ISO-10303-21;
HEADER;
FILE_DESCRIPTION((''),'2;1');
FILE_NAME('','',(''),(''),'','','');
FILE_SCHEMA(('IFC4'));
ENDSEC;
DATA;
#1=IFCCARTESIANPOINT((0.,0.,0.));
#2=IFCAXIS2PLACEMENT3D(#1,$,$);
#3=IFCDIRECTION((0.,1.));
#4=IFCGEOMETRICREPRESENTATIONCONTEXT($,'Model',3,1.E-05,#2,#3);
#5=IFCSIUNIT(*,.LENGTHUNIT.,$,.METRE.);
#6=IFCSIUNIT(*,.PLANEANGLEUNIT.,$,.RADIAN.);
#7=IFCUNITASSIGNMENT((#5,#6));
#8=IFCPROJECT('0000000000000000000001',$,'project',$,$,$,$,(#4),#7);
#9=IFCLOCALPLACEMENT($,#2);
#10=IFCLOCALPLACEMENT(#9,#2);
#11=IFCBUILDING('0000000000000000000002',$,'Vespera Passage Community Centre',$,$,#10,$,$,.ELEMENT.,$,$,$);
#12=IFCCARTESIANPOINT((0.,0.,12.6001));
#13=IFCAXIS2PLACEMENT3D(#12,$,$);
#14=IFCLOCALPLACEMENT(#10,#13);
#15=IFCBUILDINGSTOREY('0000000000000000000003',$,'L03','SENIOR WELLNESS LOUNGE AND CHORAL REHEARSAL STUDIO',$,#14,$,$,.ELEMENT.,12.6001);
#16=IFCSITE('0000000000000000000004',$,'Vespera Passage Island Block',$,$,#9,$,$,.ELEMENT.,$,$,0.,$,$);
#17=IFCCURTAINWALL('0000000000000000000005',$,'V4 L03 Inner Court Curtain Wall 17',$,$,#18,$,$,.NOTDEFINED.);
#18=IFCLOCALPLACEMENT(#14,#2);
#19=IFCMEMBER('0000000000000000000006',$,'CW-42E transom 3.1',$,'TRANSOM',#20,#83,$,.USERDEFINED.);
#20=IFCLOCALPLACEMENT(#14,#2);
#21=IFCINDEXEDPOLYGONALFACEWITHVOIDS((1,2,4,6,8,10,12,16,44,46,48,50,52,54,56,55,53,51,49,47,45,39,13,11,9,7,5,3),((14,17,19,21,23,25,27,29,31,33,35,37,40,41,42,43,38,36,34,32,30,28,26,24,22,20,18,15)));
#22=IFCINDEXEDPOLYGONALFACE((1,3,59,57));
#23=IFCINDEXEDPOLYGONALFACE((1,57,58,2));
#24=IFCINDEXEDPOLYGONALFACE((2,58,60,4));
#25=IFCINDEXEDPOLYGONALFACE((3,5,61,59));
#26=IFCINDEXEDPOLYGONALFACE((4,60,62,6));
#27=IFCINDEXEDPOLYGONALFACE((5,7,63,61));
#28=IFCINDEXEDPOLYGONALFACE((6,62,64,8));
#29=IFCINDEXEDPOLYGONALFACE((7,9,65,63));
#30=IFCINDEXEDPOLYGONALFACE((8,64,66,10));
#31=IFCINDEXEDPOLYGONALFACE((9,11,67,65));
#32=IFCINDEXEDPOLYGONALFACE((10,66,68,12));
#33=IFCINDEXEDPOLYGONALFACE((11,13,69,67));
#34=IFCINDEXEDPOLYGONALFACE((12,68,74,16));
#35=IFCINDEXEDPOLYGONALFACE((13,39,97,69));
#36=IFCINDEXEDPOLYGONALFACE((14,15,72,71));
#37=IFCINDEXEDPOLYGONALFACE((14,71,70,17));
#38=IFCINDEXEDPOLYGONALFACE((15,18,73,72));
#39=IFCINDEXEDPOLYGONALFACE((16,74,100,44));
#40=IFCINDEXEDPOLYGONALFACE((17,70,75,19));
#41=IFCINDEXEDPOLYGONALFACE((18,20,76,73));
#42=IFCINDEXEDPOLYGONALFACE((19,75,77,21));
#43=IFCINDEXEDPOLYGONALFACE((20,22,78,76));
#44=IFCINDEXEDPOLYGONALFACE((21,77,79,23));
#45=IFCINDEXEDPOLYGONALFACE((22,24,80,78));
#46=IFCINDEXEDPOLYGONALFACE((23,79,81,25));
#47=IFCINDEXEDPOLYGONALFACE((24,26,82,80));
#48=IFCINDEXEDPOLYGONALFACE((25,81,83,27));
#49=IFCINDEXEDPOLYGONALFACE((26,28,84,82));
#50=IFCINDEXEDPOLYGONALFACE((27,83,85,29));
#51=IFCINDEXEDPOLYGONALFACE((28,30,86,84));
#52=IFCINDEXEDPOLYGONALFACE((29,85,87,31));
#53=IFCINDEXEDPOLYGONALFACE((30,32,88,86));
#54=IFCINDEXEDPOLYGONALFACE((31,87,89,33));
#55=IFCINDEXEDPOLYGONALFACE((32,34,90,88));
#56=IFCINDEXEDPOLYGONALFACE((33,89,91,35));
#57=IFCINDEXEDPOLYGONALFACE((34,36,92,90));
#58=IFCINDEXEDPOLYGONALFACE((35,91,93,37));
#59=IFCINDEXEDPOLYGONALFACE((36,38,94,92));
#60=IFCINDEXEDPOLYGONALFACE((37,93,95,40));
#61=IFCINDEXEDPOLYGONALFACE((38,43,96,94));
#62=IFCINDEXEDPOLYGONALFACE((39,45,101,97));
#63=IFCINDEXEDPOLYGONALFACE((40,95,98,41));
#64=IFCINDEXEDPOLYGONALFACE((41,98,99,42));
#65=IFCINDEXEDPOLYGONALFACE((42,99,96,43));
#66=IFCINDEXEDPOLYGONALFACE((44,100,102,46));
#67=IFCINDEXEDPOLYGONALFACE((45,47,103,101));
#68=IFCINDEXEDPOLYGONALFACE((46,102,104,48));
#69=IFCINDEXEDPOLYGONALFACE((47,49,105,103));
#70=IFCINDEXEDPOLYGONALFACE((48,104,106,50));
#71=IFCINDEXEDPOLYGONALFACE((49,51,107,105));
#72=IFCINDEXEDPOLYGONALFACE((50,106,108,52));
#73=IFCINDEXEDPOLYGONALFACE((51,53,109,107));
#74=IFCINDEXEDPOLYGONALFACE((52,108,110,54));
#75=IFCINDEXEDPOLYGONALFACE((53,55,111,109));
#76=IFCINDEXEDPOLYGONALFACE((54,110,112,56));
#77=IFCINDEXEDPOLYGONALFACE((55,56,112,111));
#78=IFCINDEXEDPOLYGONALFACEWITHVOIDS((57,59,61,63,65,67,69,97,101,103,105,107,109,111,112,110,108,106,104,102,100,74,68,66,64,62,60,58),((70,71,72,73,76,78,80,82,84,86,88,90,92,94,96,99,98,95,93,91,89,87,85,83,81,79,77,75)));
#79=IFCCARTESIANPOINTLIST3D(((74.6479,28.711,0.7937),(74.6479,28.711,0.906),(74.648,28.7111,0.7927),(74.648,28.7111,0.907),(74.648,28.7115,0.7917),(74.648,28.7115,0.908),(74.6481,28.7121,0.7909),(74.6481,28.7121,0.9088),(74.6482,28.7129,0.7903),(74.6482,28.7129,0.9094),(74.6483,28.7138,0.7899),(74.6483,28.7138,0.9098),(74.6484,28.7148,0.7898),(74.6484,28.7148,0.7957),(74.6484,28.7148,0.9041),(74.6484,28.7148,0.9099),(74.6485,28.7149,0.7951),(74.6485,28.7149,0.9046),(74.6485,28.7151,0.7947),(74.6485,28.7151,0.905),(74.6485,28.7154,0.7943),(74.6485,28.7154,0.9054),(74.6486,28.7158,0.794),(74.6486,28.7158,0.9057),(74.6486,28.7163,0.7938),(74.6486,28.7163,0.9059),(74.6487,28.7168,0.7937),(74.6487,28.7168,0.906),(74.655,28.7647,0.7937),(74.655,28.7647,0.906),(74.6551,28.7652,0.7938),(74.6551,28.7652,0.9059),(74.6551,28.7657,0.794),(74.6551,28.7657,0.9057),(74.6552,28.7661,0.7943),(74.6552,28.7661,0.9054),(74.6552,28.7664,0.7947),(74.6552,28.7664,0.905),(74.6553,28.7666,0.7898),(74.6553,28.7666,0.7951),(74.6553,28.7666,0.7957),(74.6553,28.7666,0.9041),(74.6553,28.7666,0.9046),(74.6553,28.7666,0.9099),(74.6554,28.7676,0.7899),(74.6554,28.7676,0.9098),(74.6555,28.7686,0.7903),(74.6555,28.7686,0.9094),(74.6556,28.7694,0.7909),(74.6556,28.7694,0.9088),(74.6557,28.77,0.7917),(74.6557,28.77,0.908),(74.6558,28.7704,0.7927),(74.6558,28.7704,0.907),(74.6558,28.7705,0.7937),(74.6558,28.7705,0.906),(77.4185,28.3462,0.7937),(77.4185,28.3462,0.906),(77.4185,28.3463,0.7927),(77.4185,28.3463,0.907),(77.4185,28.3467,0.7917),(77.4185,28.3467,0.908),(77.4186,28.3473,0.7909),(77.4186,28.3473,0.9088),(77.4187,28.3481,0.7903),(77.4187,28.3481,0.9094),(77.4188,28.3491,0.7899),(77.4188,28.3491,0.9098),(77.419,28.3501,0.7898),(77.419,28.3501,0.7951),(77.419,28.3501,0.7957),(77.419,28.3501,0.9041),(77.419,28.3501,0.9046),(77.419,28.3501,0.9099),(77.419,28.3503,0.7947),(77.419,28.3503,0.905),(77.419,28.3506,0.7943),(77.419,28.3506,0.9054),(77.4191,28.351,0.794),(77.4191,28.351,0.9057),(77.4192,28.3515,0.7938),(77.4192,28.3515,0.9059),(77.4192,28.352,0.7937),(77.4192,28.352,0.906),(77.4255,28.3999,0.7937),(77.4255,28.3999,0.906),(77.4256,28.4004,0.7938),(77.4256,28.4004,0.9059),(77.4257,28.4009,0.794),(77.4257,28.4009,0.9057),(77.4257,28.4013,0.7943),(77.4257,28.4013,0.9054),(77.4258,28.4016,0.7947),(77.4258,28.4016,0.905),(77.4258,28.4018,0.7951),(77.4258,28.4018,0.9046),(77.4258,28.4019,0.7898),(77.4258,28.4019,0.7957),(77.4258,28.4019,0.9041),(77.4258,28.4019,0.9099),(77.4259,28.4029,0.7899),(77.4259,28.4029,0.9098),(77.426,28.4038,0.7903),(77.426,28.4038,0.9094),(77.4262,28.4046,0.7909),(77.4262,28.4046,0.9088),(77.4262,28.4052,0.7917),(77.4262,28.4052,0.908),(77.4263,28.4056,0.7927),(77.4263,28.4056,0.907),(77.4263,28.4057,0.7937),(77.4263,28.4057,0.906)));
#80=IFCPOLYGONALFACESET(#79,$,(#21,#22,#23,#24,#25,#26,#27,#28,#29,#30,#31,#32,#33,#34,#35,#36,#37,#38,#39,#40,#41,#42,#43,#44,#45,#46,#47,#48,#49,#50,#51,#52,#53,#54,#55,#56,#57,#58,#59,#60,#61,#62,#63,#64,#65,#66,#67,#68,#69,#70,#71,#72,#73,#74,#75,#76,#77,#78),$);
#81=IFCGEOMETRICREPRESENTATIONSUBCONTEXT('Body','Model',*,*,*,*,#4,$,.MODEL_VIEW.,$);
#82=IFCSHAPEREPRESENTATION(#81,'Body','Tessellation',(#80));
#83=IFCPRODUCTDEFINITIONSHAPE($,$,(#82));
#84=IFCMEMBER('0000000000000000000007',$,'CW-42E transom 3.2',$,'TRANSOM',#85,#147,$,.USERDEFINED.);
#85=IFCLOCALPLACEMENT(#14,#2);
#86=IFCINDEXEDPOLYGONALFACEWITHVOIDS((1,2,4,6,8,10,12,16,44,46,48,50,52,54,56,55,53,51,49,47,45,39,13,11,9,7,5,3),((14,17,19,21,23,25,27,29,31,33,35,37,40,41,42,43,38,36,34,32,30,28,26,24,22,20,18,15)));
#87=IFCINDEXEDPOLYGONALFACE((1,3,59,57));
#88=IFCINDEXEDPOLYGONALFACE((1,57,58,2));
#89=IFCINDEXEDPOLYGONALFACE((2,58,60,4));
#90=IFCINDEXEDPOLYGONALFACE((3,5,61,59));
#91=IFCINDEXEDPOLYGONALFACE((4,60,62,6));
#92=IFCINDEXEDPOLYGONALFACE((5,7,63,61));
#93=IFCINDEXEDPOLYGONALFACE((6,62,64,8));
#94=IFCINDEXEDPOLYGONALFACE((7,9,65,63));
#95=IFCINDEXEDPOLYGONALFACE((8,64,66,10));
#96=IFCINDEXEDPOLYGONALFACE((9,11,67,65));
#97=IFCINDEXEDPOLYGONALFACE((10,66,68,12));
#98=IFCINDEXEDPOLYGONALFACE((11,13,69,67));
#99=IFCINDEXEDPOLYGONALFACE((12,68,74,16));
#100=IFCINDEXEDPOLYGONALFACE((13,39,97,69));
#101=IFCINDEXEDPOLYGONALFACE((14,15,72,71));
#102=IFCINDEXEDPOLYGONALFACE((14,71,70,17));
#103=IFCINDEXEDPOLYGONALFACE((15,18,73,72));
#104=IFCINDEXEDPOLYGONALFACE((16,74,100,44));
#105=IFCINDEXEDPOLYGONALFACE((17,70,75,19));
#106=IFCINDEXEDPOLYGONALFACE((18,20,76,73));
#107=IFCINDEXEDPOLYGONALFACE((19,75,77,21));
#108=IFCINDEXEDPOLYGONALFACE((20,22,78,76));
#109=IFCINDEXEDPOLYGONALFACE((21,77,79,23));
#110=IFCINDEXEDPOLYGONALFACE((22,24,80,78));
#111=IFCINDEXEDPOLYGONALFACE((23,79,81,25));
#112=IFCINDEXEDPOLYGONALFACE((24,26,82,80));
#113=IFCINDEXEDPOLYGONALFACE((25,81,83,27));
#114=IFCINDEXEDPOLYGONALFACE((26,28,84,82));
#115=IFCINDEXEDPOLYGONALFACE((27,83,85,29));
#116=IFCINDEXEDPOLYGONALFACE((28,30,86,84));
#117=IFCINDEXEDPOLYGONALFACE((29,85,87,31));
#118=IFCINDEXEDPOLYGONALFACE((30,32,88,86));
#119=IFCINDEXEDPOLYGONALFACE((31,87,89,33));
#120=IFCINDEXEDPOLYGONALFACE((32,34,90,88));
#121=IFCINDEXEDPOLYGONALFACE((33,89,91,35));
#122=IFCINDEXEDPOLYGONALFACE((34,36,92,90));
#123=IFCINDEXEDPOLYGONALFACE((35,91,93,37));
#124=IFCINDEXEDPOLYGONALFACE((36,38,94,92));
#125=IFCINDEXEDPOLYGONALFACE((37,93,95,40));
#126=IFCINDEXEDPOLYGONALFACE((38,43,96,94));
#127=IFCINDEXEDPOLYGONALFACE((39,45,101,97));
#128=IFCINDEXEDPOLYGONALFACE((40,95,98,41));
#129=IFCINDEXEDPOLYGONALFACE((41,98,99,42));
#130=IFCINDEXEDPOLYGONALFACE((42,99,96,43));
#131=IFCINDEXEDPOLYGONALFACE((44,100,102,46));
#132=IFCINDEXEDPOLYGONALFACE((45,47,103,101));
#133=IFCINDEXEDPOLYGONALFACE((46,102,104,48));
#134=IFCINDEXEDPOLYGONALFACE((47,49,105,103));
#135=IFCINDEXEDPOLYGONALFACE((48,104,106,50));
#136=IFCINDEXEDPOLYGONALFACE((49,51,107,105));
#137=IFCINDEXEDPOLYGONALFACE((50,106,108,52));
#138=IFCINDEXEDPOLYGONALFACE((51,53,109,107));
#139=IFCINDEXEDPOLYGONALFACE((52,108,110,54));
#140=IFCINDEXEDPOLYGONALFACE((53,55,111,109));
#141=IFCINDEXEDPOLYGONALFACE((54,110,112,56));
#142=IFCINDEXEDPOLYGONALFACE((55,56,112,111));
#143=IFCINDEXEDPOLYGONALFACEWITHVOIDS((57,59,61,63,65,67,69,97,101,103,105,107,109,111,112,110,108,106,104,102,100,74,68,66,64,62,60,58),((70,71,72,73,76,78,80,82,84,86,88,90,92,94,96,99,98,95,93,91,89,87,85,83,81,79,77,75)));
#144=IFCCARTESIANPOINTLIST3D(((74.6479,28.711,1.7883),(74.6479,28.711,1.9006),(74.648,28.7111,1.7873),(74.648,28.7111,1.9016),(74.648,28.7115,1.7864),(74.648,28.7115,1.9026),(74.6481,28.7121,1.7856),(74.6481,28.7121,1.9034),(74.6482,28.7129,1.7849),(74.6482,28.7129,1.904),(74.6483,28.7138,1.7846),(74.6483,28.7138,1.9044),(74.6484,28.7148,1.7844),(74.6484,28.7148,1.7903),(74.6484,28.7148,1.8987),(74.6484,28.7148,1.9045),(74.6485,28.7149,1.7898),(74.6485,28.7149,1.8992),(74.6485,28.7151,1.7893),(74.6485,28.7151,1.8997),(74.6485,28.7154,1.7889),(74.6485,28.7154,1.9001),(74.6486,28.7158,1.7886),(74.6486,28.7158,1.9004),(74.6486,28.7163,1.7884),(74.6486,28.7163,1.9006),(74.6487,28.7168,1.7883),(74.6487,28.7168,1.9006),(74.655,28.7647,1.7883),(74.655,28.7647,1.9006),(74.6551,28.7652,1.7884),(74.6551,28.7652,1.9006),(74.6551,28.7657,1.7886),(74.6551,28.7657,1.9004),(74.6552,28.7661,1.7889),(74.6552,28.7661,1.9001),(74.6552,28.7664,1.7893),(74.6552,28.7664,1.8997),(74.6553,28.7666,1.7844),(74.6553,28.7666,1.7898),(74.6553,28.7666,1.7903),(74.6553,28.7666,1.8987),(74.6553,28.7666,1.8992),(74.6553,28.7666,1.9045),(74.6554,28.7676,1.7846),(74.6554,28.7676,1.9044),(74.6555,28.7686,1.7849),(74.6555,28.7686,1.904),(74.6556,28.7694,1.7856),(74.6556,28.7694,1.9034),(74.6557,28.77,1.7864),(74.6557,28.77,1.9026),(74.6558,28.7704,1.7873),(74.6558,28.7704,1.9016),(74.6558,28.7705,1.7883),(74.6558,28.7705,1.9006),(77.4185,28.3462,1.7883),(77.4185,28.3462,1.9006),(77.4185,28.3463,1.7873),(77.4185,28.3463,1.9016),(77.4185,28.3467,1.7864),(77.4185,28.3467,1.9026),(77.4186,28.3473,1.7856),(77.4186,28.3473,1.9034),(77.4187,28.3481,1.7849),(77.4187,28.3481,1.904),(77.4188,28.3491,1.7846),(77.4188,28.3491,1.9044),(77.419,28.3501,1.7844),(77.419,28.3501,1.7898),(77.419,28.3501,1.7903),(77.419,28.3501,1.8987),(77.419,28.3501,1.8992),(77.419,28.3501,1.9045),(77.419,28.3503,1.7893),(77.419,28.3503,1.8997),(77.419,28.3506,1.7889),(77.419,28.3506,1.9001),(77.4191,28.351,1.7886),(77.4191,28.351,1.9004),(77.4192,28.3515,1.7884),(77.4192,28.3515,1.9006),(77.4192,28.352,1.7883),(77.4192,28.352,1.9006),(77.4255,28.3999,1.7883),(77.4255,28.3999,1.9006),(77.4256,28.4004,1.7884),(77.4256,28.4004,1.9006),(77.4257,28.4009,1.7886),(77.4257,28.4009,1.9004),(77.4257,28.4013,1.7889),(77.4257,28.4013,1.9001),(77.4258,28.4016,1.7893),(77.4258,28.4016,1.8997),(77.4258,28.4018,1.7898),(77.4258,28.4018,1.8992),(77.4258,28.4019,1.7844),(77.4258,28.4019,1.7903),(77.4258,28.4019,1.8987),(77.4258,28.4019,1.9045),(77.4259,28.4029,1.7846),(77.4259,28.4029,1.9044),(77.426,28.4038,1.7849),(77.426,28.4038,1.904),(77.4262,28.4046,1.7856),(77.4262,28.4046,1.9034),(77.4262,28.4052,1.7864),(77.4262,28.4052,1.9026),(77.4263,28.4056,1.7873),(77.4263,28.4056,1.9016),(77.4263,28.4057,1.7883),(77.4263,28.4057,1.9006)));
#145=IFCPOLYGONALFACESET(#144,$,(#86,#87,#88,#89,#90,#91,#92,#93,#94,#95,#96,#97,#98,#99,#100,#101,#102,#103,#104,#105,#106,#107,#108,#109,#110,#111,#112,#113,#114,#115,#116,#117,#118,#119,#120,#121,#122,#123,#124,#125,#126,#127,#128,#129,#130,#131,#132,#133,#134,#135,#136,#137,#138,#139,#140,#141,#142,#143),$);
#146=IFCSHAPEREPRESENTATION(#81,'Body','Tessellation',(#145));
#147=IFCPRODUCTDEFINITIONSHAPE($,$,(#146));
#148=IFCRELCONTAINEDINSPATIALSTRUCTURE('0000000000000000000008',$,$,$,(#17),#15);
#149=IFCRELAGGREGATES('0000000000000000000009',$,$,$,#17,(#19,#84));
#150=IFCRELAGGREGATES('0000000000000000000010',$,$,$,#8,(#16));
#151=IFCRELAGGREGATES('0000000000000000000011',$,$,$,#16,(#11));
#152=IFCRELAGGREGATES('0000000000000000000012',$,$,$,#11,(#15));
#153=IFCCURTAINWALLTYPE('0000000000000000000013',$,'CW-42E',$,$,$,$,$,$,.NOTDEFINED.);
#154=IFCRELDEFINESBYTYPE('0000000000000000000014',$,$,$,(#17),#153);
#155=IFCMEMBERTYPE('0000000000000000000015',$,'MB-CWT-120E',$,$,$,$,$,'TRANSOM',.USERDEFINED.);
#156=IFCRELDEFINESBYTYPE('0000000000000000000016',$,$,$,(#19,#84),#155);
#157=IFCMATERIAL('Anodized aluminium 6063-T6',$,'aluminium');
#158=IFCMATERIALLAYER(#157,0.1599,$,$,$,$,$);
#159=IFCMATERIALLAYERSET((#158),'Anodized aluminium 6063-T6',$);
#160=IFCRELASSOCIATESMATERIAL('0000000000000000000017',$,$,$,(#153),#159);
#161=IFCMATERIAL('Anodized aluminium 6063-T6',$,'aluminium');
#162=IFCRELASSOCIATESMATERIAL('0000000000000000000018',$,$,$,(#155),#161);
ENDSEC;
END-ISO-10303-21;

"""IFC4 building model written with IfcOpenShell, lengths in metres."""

from ifc_helpers import new_model, si_unit, direction, frame, origin, origin_2d, place, context, subcontext, project, spatial, hollow_rectangle, extrude, material, layer, layer_set, material_profile, profile_set, type_object, element, aggregate, save


model = new_model("IFC4")

# Units and contexts
model_context = context("Model", 3, precision=1e-05, world=origin(), true_north=direction((0.0, 1.0)))
body_context = subcontext(model_context, "Body", "Model", "MODEL_VIEW")
ifc_project = project(units=[si_unit("LENGTHUNIT", "METRE"), si_unit("PLANEANGLEUNIT", "RADIAN")], contexts=[model_context])

# Site, building, storey
site_placement = place(None, origin())
site = spatial("IfcSite", under=ifc_project, at=site_placement, Name="Vespera Passage Island Block", CompositionType="ELEMENT", RefElevation=0.0)
building_placement = place(site_placement, origin())
building = spatial("IfcBuilding", under=site, at=building_placement, Name="Vespera Passage Community Centre", CompositionType="ELEMENT")
storey_placement = place(building_placement, frame((0.0, 0.0, 12.6001)))
storey = spatial("IfcBuildingStorey", under=building, at=storey_placement, Name="L03", Description="SENIOR WELLNESS LOUNGE AND CHORAL REHEARSAL STUDIO", CompositionType="ELEMENT", Elevation=12.6001)

# Curtain wall
ifc_material_1 = material(Name="Anodized aluminium 6063-T6", Category="aluminium")
ifc_layer_1 = layer(ifc_material_1, 0.1599)
ifc_layer_set_1 = layer_set([ifc_layer_1], Name="Anodized aluminium 6063-T6")
curtain_wall_type_1 = type_object("IfcCurtainWallType", Name="CW-42E", PredefinedType="NOTDEFINED", material=ifc_layer_set_1)
curtain_wall_1_placement = place(storey_placement, origin())
curtain_wall_1 = element("IfcCurtainWall", 1, at=curtain_wall_1_placement, inside=storey, type_object=curtain_wall_type_1, Name="V4 L03 Inner Court Curtain Wall 17", PredefinedType="NOTDEFINED")

# Members
ifc_material_2 = material(Name="Anodized aluminium 6063-T6", Category="aluminium")
ifc_material_profile_1 = material_profile(ifc_material_2, hollow_rectangle(XDim=0.0601, YDim=0.1201, WallThickness=0.0039, InnerFilletRadius=0.002, OuterFilletRadius=0.0039, at=origin_2d()), Name="ALU120X60X4")
ifc_profile_set_1 = profile_set([ifc_material_profile_1], Name="Anodized aluminium 6063-T6")
member_type_1 = type_object("IfcMemberType", Name="MB-CWT-120E", ElementType="TRANSOM", PredefinedType="USERDEFINED", material=ifc_profile_set_1)
member_1_placement = place(storey_placement, frame((74.6519, 28.7407, 0.8499), z_axis=(0.991445, -0.130527, 0.0), x_axis=(0.130527, 0.991445, 0.0)))
member_1 = element("IfcMember", 2, at=member_1_placement, type_object=member_type_1, Name="CW-42E transom 3.1", ObjectType="TRANSOM", PredefinedType="USERDEFINED", context=body_context, shape_type="SweptSolid", body=[
    extrude(hollow_rectangle(XDim=0.0601, YDim=0.1201, WallThickness=0.0039, InnerFilletRadius=0.002, OuterFilletRadius=0.0039, at=origin_2d()), origin(), (0.0, 0.0, 1.0), 2.7944),
])
member_2_placement = place(storey_placement, frame((74.6519, 28.7407, 1.8445), z_axis=(0.991445, -0.130527, 0.0), x_axis=(0.130527, 0.991445, 0.0)))
member_2 = element("IfcMember", 3, at=member_2_placement, type_object=member_type_1, Name="CW-42E transom 3.2", ObjectType="TRANSOM", PredefinedType="USERDEFINED", context=body_context, shape_type="SweptSolid", body=[
    extrude(hollow_rectangle(XDim=0.0601, YDim=0.1201, WallThickness=0.0039, InnerFilletRadius=0.002, OuterFilletRadius=0.0039, at=origin_2d()), origin(), (0.0, 0.0, 1.0), 2.7944),
])

aggregate(curtain_wall_1, [member_1, member_2])

save(model, "model.ifc")
